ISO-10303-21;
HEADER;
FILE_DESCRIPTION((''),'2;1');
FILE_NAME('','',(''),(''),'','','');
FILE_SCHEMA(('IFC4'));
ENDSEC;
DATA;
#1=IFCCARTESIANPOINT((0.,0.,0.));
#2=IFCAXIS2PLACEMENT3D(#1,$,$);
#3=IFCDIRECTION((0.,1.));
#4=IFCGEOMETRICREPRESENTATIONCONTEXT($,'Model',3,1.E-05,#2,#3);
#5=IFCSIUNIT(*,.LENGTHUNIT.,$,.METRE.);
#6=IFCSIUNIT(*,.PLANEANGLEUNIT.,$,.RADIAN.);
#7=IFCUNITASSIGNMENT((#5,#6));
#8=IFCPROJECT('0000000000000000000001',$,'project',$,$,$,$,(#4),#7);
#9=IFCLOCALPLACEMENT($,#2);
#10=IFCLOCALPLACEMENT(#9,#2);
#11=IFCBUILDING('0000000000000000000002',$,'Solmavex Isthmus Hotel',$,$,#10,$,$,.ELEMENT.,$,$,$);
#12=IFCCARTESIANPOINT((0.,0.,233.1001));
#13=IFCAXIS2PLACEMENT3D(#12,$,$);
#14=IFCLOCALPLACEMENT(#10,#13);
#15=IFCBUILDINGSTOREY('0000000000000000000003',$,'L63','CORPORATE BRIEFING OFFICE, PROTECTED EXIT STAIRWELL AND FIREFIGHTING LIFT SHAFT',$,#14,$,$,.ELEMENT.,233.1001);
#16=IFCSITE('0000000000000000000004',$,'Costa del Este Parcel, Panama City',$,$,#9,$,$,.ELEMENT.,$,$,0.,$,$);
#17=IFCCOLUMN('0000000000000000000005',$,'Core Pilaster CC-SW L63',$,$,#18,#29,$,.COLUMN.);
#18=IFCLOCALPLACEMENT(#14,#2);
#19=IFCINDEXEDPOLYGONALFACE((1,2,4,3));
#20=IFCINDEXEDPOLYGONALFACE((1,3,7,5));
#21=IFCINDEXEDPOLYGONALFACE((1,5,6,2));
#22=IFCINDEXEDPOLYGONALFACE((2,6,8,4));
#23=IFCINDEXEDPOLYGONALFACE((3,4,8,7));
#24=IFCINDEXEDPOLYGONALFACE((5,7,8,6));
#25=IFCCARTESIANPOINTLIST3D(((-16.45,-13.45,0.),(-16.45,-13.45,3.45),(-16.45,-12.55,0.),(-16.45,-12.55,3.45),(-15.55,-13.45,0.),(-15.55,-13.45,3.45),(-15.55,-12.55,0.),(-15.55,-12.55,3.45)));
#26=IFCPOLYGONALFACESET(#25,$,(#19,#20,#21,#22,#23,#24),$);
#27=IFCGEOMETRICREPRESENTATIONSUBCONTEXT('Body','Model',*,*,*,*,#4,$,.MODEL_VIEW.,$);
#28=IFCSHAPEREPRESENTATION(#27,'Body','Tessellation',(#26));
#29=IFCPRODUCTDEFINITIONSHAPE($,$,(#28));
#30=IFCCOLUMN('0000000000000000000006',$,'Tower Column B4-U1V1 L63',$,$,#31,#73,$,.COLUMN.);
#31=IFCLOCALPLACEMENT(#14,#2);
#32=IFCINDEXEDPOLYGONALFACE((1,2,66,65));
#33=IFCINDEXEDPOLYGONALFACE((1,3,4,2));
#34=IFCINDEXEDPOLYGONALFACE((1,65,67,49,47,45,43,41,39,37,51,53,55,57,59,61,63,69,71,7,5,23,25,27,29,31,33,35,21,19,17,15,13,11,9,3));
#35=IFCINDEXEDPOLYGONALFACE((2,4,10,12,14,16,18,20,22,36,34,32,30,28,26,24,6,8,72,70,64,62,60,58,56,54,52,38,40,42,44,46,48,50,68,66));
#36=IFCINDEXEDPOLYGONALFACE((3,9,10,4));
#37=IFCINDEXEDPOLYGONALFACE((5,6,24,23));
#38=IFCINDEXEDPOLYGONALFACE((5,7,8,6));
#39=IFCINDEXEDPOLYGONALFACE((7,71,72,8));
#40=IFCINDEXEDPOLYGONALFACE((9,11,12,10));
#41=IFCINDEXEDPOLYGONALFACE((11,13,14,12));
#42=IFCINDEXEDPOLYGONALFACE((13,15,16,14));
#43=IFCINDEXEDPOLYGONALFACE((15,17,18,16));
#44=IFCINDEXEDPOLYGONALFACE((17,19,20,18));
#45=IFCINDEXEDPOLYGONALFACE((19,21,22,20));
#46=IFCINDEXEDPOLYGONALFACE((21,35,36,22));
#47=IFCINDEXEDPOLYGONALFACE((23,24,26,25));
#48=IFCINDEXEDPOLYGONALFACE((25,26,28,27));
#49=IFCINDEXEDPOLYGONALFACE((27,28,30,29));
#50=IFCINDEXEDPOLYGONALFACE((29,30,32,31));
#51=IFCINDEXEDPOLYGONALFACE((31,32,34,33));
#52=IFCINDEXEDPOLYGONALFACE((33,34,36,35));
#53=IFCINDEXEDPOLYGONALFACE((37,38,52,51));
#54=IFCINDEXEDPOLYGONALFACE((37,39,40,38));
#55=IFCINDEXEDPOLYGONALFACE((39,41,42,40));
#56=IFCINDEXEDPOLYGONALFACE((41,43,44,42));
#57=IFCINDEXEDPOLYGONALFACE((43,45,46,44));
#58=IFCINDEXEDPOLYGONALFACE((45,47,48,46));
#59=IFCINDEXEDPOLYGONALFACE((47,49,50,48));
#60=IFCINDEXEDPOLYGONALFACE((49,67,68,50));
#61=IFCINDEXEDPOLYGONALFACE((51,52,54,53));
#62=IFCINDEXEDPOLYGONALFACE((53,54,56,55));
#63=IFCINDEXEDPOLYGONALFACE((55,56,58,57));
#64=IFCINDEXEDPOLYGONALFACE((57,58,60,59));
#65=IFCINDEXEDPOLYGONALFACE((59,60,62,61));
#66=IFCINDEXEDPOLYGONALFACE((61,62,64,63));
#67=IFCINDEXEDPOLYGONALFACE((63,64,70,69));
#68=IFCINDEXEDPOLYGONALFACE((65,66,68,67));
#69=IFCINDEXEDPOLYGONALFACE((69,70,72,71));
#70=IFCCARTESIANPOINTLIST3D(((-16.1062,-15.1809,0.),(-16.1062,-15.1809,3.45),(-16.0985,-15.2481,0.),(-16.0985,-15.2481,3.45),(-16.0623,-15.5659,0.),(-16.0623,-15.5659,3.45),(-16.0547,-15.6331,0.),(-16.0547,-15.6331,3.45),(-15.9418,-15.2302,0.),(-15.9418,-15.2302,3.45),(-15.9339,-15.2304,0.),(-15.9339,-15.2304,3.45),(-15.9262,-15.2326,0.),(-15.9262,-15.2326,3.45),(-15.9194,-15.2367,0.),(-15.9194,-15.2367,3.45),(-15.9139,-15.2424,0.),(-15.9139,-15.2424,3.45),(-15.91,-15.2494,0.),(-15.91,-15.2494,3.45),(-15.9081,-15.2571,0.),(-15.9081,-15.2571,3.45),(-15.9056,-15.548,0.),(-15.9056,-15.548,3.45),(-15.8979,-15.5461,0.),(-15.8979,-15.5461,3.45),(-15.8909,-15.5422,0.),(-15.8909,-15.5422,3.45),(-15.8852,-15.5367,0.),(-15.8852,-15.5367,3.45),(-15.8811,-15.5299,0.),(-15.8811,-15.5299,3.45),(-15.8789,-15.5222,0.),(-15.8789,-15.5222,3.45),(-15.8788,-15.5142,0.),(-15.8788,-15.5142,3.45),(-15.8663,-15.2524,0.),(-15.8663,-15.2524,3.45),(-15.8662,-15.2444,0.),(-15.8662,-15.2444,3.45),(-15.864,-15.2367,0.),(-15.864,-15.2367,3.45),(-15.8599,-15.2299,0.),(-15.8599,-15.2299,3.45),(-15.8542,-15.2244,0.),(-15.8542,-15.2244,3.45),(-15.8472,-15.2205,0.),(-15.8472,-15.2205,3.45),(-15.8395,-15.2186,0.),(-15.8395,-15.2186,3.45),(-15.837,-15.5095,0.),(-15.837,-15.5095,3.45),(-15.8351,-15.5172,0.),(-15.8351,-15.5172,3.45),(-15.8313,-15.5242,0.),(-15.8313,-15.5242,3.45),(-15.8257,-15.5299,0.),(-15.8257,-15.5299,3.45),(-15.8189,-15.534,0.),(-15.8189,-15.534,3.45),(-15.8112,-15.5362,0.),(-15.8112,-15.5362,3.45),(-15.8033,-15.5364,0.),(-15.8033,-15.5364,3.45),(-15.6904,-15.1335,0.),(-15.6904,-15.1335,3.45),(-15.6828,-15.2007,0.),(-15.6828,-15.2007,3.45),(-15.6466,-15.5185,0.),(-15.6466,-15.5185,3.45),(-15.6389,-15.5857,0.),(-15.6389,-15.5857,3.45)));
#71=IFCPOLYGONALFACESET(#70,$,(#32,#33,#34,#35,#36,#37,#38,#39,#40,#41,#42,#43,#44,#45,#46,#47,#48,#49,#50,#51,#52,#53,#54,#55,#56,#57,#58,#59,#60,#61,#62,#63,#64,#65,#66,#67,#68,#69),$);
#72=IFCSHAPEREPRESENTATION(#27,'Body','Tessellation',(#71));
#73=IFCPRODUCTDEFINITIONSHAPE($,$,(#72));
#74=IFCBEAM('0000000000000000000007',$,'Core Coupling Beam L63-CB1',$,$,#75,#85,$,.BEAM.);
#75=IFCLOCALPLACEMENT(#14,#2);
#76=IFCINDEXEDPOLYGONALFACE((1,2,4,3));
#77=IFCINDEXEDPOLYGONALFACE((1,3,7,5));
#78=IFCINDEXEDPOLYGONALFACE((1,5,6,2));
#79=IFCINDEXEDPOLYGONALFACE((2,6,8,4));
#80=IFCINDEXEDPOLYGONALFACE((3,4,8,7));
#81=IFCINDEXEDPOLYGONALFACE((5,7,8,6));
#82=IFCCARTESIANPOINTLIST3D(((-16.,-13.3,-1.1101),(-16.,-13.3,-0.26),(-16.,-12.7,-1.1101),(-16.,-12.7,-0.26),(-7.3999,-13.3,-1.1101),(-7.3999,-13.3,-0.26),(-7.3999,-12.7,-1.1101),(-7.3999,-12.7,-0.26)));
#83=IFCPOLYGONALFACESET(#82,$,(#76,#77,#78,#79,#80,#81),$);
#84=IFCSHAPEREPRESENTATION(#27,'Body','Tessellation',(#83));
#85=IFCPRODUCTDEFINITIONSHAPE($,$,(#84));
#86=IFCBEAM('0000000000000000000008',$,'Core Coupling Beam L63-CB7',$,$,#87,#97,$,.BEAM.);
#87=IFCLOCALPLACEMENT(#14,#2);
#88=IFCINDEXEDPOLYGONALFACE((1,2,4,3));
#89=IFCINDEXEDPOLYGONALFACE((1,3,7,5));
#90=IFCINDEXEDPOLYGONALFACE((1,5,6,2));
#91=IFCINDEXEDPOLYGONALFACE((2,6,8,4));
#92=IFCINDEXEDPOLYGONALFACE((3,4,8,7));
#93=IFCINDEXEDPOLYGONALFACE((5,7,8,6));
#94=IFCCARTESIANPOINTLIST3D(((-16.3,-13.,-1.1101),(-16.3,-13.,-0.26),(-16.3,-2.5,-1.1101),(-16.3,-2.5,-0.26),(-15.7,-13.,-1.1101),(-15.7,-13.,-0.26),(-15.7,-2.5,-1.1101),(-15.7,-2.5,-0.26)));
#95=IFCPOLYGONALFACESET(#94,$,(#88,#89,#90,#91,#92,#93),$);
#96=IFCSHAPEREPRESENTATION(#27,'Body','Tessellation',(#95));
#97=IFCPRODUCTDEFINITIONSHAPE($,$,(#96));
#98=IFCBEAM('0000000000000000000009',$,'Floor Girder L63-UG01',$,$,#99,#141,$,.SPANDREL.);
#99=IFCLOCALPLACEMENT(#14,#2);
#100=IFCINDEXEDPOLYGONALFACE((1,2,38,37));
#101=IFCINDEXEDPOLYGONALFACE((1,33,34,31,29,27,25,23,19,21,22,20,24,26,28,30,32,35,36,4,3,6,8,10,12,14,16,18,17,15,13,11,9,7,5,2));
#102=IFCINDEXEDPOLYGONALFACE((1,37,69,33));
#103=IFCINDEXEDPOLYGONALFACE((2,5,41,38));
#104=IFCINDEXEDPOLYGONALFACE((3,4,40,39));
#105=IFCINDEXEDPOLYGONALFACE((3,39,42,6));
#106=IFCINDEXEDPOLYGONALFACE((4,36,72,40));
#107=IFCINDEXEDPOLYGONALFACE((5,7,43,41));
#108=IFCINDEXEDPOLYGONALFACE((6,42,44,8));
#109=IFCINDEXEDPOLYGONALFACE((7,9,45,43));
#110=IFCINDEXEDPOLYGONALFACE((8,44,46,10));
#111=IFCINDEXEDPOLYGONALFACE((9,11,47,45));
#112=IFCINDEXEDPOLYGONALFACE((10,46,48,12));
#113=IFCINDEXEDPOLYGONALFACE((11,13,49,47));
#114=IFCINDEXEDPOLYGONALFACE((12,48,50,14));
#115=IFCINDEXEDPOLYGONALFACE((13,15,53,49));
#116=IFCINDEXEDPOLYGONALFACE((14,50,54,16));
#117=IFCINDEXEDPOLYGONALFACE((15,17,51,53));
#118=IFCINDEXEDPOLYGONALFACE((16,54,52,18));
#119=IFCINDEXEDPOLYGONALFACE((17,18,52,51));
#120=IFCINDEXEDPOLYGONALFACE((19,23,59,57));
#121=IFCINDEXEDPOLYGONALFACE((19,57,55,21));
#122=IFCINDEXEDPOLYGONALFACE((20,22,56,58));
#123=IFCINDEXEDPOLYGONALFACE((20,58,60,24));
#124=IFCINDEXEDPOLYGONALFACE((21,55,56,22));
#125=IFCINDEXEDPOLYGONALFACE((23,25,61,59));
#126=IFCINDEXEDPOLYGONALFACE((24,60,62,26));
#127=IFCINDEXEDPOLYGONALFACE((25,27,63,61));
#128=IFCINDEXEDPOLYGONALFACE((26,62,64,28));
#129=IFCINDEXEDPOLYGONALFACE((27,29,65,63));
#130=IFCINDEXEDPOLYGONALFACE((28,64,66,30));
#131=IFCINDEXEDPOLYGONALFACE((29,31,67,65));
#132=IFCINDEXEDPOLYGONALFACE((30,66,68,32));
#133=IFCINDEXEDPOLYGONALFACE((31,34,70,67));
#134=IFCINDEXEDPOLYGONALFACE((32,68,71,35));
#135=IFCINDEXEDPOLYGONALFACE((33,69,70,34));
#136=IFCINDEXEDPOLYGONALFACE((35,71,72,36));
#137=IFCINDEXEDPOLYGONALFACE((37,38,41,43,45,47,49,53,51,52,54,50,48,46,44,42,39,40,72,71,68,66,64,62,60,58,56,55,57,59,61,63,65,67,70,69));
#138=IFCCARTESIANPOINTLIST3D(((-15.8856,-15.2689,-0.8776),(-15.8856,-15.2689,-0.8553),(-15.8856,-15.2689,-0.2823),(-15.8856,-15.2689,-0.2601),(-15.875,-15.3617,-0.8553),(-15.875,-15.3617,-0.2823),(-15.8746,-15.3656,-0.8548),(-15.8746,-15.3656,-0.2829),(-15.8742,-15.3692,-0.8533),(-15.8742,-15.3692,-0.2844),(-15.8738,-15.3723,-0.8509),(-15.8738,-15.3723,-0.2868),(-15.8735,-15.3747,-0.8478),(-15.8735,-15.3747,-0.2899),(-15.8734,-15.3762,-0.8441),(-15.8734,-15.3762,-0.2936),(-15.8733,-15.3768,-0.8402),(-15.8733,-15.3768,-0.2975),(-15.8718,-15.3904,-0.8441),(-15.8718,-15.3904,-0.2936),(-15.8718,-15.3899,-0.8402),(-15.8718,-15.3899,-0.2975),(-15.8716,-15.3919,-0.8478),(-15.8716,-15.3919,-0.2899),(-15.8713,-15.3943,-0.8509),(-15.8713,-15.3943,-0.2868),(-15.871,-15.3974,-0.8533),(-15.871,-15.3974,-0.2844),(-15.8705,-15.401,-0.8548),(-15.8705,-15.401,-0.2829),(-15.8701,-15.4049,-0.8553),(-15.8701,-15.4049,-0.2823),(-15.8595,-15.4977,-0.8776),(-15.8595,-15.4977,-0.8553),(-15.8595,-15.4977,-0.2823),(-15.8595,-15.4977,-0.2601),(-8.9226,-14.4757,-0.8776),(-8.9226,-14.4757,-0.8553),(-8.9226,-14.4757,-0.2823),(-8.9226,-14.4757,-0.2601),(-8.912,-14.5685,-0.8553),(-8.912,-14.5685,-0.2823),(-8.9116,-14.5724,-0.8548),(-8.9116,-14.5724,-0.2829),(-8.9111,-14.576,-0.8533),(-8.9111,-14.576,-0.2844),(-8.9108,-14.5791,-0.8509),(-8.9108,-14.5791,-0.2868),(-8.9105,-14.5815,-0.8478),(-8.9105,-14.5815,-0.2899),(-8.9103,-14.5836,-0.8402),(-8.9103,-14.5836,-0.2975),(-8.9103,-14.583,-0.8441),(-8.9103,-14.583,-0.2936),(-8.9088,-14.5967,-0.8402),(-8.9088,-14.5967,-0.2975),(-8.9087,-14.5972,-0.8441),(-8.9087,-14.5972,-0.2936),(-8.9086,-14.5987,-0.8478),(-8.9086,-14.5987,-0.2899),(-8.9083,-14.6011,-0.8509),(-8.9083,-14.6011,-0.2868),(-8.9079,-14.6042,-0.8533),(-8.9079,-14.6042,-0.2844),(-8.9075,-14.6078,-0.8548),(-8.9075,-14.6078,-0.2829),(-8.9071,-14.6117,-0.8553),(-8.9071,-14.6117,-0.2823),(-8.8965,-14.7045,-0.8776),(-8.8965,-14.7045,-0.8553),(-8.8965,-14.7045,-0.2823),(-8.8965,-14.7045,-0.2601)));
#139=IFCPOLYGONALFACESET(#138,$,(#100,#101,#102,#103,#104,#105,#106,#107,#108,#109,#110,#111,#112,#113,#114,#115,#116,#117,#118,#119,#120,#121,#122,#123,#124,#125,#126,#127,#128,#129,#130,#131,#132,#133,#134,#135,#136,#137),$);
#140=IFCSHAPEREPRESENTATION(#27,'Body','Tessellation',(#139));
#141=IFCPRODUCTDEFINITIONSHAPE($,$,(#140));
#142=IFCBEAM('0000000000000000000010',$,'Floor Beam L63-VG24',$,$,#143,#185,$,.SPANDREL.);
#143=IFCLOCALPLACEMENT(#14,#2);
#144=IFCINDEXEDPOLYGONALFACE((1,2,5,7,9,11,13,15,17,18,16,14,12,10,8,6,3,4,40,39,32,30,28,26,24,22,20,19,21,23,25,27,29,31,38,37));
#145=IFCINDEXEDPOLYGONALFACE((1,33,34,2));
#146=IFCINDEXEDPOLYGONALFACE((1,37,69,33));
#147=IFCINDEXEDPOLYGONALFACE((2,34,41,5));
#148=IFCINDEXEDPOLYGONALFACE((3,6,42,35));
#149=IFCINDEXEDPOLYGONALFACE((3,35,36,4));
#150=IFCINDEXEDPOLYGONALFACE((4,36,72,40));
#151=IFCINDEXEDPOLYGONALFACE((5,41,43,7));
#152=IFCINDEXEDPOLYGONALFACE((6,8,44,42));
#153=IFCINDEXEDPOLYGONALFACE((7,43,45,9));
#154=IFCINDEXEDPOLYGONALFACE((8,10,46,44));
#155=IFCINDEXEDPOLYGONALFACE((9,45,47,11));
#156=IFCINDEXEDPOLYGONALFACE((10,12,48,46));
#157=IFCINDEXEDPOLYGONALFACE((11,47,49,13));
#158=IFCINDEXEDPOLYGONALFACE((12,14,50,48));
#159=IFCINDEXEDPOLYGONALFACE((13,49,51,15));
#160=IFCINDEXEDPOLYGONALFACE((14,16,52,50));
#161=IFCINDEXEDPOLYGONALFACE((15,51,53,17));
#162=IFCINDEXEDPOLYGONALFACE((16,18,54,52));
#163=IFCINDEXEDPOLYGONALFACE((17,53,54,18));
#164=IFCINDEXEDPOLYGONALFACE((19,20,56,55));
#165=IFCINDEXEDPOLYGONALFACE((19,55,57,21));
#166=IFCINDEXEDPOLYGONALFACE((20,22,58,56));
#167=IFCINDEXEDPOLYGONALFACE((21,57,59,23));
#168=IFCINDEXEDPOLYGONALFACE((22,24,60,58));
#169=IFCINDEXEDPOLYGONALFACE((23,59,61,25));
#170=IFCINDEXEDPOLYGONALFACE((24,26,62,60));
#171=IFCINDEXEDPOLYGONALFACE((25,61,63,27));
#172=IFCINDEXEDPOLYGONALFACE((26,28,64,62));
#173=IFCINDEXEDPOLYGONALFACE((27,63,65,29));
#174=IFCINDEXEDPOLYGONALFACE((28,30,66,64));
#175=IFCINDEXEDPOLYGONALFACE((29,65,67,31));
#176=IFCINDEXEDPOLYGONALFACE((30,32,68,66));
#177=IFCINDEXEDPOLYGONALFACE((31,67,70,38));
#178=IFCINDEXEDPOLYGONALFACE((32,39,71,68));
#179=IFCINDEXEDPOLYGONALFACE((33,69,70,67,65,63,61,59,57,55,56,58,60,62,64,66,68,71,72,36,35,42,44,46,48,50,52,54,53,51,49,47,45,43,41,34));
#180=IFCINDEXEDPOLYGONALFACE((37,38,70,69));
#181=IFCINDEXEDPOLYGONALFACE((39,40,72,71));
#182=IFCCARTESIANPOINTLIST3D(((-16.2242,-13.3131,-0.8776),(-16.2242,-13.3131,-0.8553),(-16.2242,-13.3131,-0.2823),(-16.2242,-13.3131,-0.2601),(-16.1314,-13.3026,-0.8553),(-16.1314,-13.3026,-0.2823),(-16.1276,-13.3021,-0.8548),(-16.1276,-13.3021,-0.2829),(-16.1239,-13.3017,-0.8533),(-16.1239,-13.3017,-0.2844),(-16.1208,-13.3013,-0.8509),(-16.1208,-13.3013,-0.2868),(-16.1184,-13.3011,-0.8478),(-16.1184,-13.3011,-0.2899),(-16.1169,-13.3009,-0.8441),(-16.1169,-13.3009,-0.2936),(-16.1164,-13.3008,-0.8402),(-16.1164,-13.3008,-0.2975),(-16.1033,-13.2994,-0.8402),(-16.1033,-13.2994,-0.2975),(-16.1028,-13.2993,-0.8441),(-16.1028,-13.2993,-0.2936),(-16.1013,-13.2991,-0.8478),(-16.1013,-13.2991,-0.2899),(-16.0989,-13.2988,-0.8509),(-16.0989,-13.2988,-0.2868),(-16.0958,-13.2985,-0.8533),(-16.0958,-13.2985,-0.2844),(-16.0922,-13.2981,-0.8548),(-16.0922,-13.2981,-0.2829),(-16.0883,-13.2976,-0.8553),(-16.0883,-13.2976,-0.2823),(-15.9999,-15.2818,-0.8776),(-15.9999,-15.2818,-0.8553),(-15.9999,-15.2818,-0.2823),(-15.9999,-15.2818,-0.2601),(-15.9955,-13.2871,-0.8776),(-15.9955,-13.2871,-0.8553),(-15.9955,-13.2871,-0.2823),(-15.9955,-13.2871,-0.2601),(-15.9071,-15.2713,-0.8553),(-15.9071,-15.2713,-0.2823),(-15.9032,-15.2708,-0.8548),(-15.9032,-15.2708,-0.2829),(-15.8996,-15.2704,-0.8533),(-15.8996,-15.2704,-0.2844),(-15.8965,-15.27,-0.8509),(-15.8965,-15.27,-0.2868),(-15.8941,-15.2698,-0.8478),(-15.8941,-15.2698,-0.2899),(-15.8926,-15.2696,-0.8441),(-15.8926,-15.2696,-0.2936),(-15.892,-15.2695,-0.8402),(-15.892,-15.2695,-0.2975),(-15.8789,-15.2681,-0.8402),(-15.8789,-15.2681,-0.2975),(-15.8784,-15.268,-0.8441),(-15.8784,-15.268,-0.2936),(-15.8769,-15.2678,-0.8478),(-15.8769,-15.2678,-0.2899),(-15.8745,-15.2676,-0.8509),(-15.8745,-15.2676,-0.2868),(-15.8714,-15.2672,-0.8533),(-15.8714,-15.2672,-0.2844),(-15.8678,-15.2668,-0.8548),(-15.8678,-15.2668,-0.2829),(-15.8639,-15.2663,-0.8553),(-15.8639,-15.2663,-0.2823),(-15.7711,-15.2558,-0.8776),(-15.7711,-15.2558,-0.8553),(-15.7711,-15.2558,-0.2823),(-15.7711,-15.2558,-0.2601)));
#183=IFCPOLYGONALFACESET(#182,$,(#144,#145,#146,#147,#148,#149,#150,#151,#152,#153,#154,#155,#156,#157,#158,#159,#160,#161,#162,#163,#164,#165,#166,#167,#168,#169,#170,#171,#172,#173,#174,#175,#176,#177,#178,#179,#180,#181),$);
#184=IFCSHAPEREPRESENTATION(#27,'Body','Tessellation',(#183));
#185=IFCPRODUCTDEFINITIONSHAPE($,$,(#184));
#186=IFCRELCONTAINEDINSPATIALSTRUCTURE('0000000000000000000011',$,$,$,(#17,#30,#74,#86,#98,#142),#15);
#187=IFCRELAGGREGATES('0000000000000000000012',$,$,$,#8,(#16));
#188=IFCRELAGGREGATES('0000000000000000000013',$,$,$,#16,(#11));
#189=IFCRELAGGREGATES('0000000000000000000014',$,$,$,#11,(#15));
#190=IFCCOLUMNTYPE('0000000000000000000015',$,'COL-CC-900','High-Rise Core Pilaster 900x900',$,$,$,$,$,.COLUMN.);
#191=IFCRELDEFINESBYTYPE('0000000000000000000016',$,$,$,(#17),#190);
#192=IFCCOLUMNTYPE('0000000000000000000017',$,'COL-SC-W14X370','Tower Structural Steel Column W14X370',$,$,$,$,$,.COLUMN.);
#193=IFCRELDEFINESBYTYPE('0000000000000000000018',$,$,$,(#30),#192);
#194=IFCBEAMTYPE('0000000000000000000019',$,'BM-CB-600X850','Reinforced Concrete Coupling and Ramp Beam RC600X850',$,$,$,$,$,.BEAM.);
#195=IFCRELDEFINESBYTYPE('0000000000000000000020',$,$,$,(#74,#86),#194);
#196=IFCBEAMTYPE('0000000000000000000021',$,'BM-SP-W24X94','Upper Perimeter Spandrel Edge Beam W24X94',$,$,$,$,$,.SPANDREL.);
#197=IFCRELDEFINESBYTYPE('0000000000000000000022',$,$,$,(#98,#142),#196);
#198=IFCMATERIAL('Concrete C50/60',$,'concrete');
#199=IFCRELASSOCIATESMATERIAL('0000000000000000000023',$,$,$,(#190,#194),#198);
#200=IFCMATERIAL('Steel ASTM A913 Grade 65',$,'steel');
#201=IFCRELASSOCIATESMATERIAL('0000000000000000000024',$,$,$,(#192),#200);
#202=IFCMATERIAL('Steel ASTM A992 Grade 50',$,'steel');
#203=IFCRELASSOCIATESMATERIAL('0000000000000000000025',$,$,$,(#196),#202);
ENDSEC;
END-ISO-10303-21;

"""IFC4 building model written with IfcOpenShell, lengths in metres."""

from ifc_helpers import new_model, si_unit, direction, frame, origin, origin_2d, place, context, subcontext, project, spatial, rectangle, i_section, extrude, material, material_profile, profile_set, type_object, element, save


model = new_model("IFC4")

# Units and contexts
model_context = context("Model", 3, precision=1e-05, world=origin(), true_north=direction((0.0, 1.0)))
body_context = subcontext(model_context, "Body", "Model", "MODEL_VIEW")
ifc_project = project(units=[si_unit("LENGTHUNIT", "METRE"), si_unit("PLANEANGLEUNIT", "RADIAN")], contexts=[model_context])

# Site, building, storey
site_placement = place(None, origin())
site = spatial("IfcSite", under=ifc_project, at=site_placement, Name="Costa del Este Parcel, Panama City", CompositionType="ELEMENT", RefElevation=0.0)
building_placement = place(site_placement, origin())
building = spatial("IfcBuilding", under=site, at=building_placement, Name="Solmavex Isthmus Hotel", CompositionType="ELEMENT")
storey_placement = place(building_placement, frame((0.0, 0.0, 233.1001)))
storey = spatial("IfcBuildingStorey", under=building, at=storey_placement, Name="L63", Description="CORPORATE BRIEFING OFFICE, PROTECTED EXIT STAIRWELL AND FIREFIGHTING LIFT SHAFT", CompositionType="ELEMENT", Elevation=233.1001)

# Columns
ifc_material_1 = material(Name="Concrete C50/60", Category="concrete")
ifc_material_profile_1 = material_profile(ifc_material_1, rectangle(XDim=0.8999, YDim=0.8999, at=origin_2d()), Name="RC900X900")
ifc_profile_set_1 = profile_set([ifc_material_profile_1], Name="Concrete C50/60")
column_type_1 = type_object("IfcColumnType", Name="COL-CC-900", Description="High-Rise Core Pilaster 900x900", PredefinedType="COLUMN", material=ifc_profile_set_1)
column_1_placement = place(storey_placement, frame((-16.0, -13.0, 0.0), z_axis=(0.0, 0.0, 1.0), x_axis=(1.0, 0.0, 0.0)))
element("IfcColumn", 1, at=column_1_placement, inside=storey, type_object=column_type_1, Name="Core Pilaster CC-SW L63", PredefinedType="COLUMN", context=body_context, shape_type="SweptSolid", body=[
    extrude(rectangle(XDim=0.8999, YDim=0.8999, at=origin_2d()), origin(), (0.0, 0.0, 1.0), 3.45),
])
ifc_material_2 = material(Name="Steel ASTM A913 Grade 65", Category="steel")
ifc_material_profile_2 = material_profile(ifc_material_2, i_section(OverallWidth=0.4185, OverallDepth=0.4551, WebThickness=0.042, FlangeThickness=0.0676, FilletRadius=0.0305, at=origin_2d()), Name="W14X370")
ifc_profile_set_2 = profile_set([ifc_material_profile_2], Name="Steel ASTM A913 Grade 65")
column_type_2 = type_object("IfcColumnType", Name="COL-SC-W14X370", Description="Tower Structural Steel Column W14X370", PredefinedType="COLUMN", material=ifc_profile_set_2)
column_2_placement = place(storey_placement, frame((-15.8726, -15.3833, 0.0), z_axis=(0.0, 0.0, 1.0), x_axis=(0.993572, 0.113203, 0.0)))
element("IfcColumn", 2, at=column_2_placement, inside=storey, type_object=column_type_2, Name="Tower Column B4-U1V1 L63", PredefinedType="COLUMN", context=body_context, shape_type="SweptSolid", body=[
    extrude(i_section(OverallWidth=0.4185, OverallDepth=0.4551, WebThickness=0.042, FlangeThickness=0.0676, FilletRadius=0.0305, at=origin_2d()), origin(), (0.0, 0.0, 1.0), 3.45),
])

# Beams
ifc_material_profile_3 = material_profile(ifc_material_1, rectangle(XDim=0.6001, YDim=0.8501, at=origin_2d()), Name="RC600X850")
ifc_profile_set_3 = profile_set([ifc_material_profile_3], Name="Concrete C50/60")
beam_type_1 = type_object("IfcBeamType", Name="BM-CB-600X850", Description="Reinforced Concrete Coupling and Ramp Beam RC600X850", PredefinedType="BEAM", material=ifc_profile_set_3)
beam_1_placement = place(storey_placement, frame((-16.0, -13.0, -0.6851), z_axis=(1.0, 0.0, 0.0), x_axis=(0.0, 1.0, 0.0)))
element("IfcBeam", 3, at=beam_1_placement, inside=storey, type_object=beam_type_1, Name="Core Coupling Beam L63-CB1", PredefinedType="BEAM", context=body_context, shape_type="SweptSolid", body=[
    extrude(rectangle(XDim=0.6001, YDim=0.8501, at=origin_2d()), origin(), (0.0, 0.0, 1.0), 8.6001),
])
beam_2_placement = place(storey_placement, frame((-16.0, -13.0, -0.6851), z_axis=(0.0, 1.0, 0.0), x_axis=(-1.0, 0.0, 0.0)))
element("IfcBeam", 4, at=beam_2_placement, inside=storey, type_object=beam_type_1, Name="Core Coupling Beam L63-CB7", PredefinedType="BEAM", context=body_context, shape_type="SweptSolid", body=[
    extrude(rectangle(XDim=0.6001, YDim=0.8501, at=origin_2d()), origin(), (0.0, 0.0, 1.0), 10.5),
])
ifc_material_3 = material(Name="Steel ASTM A992 Grade 50", Category="steel")
ifc_material_profile_4 = material_profile(ifc_material_3, i_section(OverallWidth=0.2302, OverallDepth=0.6174, WebThickness=0.0132, FlangeThickness=0.0222, FilletRadius=0.0151, at=origin_2d()), Name="W24X94")
ifc_profile_set_4 = profile_set([ifc_material_profile_4], Name="Steel ASTM A992 Grade 50")
beam_type_2 = type_object("IfcBeamType", Name="BM-SP-W24X94", Description="Upper Perimeter Spandrel Edge Beam W24X94", PredefinedType="SPANDREL", material=ifc_profile_set_4)
beam_3_placement = place(storey_placement, frame((-15.8726, -15.3833, -0.5688), z_axis=(0.993574, 0.113184, 0.0), x_axis=(-0.113184, 0.993574, 0.0)))
element("IfcBeam", 5, at=beam_3_placement, inside=storey, type_object=beam_type_2, Name="Floor Girder L63-UG01", PredefinedType="SPANDREL", context=body_context, shape_type="SweptSolid", body=[
    extrude(i_section(OverallWidth=0.2302, OverallDepth=0.6174, WebThickness=0.0132, FlangeThickness=0.0222, FilletRadius=0.0151, at=origin_2d()), origin(), (0.0, 0.0, 1.0), 7.0081),
])
beam_4_placement = place(storey_placement, frame((-15.8855, -15.2688, -0.5688), z_axis=(-0.11323, 0.993569, 0.0), x_axis=(-0.993569, -0.11323, 0.0)))
element("IfcBeam", 6, at=beam_4_placement, inside=storey, type_object=beam_type_2, Name="Floor Beam L63-VG24", PredefinedType="SPANDREL", context=body_context, shape_type="SweptSolid", body=[
    extrude(i_section(OverallWidth=0.2302, OverallDepth=0.6174, WebThickness=0.0132, FlangeThickness=0.0222, FilletRadius=0.0151, at=origin_2d()), origin(), (0.0, 0.0, 1.0), 1.9814),
])

save(model, "model.ifc")
